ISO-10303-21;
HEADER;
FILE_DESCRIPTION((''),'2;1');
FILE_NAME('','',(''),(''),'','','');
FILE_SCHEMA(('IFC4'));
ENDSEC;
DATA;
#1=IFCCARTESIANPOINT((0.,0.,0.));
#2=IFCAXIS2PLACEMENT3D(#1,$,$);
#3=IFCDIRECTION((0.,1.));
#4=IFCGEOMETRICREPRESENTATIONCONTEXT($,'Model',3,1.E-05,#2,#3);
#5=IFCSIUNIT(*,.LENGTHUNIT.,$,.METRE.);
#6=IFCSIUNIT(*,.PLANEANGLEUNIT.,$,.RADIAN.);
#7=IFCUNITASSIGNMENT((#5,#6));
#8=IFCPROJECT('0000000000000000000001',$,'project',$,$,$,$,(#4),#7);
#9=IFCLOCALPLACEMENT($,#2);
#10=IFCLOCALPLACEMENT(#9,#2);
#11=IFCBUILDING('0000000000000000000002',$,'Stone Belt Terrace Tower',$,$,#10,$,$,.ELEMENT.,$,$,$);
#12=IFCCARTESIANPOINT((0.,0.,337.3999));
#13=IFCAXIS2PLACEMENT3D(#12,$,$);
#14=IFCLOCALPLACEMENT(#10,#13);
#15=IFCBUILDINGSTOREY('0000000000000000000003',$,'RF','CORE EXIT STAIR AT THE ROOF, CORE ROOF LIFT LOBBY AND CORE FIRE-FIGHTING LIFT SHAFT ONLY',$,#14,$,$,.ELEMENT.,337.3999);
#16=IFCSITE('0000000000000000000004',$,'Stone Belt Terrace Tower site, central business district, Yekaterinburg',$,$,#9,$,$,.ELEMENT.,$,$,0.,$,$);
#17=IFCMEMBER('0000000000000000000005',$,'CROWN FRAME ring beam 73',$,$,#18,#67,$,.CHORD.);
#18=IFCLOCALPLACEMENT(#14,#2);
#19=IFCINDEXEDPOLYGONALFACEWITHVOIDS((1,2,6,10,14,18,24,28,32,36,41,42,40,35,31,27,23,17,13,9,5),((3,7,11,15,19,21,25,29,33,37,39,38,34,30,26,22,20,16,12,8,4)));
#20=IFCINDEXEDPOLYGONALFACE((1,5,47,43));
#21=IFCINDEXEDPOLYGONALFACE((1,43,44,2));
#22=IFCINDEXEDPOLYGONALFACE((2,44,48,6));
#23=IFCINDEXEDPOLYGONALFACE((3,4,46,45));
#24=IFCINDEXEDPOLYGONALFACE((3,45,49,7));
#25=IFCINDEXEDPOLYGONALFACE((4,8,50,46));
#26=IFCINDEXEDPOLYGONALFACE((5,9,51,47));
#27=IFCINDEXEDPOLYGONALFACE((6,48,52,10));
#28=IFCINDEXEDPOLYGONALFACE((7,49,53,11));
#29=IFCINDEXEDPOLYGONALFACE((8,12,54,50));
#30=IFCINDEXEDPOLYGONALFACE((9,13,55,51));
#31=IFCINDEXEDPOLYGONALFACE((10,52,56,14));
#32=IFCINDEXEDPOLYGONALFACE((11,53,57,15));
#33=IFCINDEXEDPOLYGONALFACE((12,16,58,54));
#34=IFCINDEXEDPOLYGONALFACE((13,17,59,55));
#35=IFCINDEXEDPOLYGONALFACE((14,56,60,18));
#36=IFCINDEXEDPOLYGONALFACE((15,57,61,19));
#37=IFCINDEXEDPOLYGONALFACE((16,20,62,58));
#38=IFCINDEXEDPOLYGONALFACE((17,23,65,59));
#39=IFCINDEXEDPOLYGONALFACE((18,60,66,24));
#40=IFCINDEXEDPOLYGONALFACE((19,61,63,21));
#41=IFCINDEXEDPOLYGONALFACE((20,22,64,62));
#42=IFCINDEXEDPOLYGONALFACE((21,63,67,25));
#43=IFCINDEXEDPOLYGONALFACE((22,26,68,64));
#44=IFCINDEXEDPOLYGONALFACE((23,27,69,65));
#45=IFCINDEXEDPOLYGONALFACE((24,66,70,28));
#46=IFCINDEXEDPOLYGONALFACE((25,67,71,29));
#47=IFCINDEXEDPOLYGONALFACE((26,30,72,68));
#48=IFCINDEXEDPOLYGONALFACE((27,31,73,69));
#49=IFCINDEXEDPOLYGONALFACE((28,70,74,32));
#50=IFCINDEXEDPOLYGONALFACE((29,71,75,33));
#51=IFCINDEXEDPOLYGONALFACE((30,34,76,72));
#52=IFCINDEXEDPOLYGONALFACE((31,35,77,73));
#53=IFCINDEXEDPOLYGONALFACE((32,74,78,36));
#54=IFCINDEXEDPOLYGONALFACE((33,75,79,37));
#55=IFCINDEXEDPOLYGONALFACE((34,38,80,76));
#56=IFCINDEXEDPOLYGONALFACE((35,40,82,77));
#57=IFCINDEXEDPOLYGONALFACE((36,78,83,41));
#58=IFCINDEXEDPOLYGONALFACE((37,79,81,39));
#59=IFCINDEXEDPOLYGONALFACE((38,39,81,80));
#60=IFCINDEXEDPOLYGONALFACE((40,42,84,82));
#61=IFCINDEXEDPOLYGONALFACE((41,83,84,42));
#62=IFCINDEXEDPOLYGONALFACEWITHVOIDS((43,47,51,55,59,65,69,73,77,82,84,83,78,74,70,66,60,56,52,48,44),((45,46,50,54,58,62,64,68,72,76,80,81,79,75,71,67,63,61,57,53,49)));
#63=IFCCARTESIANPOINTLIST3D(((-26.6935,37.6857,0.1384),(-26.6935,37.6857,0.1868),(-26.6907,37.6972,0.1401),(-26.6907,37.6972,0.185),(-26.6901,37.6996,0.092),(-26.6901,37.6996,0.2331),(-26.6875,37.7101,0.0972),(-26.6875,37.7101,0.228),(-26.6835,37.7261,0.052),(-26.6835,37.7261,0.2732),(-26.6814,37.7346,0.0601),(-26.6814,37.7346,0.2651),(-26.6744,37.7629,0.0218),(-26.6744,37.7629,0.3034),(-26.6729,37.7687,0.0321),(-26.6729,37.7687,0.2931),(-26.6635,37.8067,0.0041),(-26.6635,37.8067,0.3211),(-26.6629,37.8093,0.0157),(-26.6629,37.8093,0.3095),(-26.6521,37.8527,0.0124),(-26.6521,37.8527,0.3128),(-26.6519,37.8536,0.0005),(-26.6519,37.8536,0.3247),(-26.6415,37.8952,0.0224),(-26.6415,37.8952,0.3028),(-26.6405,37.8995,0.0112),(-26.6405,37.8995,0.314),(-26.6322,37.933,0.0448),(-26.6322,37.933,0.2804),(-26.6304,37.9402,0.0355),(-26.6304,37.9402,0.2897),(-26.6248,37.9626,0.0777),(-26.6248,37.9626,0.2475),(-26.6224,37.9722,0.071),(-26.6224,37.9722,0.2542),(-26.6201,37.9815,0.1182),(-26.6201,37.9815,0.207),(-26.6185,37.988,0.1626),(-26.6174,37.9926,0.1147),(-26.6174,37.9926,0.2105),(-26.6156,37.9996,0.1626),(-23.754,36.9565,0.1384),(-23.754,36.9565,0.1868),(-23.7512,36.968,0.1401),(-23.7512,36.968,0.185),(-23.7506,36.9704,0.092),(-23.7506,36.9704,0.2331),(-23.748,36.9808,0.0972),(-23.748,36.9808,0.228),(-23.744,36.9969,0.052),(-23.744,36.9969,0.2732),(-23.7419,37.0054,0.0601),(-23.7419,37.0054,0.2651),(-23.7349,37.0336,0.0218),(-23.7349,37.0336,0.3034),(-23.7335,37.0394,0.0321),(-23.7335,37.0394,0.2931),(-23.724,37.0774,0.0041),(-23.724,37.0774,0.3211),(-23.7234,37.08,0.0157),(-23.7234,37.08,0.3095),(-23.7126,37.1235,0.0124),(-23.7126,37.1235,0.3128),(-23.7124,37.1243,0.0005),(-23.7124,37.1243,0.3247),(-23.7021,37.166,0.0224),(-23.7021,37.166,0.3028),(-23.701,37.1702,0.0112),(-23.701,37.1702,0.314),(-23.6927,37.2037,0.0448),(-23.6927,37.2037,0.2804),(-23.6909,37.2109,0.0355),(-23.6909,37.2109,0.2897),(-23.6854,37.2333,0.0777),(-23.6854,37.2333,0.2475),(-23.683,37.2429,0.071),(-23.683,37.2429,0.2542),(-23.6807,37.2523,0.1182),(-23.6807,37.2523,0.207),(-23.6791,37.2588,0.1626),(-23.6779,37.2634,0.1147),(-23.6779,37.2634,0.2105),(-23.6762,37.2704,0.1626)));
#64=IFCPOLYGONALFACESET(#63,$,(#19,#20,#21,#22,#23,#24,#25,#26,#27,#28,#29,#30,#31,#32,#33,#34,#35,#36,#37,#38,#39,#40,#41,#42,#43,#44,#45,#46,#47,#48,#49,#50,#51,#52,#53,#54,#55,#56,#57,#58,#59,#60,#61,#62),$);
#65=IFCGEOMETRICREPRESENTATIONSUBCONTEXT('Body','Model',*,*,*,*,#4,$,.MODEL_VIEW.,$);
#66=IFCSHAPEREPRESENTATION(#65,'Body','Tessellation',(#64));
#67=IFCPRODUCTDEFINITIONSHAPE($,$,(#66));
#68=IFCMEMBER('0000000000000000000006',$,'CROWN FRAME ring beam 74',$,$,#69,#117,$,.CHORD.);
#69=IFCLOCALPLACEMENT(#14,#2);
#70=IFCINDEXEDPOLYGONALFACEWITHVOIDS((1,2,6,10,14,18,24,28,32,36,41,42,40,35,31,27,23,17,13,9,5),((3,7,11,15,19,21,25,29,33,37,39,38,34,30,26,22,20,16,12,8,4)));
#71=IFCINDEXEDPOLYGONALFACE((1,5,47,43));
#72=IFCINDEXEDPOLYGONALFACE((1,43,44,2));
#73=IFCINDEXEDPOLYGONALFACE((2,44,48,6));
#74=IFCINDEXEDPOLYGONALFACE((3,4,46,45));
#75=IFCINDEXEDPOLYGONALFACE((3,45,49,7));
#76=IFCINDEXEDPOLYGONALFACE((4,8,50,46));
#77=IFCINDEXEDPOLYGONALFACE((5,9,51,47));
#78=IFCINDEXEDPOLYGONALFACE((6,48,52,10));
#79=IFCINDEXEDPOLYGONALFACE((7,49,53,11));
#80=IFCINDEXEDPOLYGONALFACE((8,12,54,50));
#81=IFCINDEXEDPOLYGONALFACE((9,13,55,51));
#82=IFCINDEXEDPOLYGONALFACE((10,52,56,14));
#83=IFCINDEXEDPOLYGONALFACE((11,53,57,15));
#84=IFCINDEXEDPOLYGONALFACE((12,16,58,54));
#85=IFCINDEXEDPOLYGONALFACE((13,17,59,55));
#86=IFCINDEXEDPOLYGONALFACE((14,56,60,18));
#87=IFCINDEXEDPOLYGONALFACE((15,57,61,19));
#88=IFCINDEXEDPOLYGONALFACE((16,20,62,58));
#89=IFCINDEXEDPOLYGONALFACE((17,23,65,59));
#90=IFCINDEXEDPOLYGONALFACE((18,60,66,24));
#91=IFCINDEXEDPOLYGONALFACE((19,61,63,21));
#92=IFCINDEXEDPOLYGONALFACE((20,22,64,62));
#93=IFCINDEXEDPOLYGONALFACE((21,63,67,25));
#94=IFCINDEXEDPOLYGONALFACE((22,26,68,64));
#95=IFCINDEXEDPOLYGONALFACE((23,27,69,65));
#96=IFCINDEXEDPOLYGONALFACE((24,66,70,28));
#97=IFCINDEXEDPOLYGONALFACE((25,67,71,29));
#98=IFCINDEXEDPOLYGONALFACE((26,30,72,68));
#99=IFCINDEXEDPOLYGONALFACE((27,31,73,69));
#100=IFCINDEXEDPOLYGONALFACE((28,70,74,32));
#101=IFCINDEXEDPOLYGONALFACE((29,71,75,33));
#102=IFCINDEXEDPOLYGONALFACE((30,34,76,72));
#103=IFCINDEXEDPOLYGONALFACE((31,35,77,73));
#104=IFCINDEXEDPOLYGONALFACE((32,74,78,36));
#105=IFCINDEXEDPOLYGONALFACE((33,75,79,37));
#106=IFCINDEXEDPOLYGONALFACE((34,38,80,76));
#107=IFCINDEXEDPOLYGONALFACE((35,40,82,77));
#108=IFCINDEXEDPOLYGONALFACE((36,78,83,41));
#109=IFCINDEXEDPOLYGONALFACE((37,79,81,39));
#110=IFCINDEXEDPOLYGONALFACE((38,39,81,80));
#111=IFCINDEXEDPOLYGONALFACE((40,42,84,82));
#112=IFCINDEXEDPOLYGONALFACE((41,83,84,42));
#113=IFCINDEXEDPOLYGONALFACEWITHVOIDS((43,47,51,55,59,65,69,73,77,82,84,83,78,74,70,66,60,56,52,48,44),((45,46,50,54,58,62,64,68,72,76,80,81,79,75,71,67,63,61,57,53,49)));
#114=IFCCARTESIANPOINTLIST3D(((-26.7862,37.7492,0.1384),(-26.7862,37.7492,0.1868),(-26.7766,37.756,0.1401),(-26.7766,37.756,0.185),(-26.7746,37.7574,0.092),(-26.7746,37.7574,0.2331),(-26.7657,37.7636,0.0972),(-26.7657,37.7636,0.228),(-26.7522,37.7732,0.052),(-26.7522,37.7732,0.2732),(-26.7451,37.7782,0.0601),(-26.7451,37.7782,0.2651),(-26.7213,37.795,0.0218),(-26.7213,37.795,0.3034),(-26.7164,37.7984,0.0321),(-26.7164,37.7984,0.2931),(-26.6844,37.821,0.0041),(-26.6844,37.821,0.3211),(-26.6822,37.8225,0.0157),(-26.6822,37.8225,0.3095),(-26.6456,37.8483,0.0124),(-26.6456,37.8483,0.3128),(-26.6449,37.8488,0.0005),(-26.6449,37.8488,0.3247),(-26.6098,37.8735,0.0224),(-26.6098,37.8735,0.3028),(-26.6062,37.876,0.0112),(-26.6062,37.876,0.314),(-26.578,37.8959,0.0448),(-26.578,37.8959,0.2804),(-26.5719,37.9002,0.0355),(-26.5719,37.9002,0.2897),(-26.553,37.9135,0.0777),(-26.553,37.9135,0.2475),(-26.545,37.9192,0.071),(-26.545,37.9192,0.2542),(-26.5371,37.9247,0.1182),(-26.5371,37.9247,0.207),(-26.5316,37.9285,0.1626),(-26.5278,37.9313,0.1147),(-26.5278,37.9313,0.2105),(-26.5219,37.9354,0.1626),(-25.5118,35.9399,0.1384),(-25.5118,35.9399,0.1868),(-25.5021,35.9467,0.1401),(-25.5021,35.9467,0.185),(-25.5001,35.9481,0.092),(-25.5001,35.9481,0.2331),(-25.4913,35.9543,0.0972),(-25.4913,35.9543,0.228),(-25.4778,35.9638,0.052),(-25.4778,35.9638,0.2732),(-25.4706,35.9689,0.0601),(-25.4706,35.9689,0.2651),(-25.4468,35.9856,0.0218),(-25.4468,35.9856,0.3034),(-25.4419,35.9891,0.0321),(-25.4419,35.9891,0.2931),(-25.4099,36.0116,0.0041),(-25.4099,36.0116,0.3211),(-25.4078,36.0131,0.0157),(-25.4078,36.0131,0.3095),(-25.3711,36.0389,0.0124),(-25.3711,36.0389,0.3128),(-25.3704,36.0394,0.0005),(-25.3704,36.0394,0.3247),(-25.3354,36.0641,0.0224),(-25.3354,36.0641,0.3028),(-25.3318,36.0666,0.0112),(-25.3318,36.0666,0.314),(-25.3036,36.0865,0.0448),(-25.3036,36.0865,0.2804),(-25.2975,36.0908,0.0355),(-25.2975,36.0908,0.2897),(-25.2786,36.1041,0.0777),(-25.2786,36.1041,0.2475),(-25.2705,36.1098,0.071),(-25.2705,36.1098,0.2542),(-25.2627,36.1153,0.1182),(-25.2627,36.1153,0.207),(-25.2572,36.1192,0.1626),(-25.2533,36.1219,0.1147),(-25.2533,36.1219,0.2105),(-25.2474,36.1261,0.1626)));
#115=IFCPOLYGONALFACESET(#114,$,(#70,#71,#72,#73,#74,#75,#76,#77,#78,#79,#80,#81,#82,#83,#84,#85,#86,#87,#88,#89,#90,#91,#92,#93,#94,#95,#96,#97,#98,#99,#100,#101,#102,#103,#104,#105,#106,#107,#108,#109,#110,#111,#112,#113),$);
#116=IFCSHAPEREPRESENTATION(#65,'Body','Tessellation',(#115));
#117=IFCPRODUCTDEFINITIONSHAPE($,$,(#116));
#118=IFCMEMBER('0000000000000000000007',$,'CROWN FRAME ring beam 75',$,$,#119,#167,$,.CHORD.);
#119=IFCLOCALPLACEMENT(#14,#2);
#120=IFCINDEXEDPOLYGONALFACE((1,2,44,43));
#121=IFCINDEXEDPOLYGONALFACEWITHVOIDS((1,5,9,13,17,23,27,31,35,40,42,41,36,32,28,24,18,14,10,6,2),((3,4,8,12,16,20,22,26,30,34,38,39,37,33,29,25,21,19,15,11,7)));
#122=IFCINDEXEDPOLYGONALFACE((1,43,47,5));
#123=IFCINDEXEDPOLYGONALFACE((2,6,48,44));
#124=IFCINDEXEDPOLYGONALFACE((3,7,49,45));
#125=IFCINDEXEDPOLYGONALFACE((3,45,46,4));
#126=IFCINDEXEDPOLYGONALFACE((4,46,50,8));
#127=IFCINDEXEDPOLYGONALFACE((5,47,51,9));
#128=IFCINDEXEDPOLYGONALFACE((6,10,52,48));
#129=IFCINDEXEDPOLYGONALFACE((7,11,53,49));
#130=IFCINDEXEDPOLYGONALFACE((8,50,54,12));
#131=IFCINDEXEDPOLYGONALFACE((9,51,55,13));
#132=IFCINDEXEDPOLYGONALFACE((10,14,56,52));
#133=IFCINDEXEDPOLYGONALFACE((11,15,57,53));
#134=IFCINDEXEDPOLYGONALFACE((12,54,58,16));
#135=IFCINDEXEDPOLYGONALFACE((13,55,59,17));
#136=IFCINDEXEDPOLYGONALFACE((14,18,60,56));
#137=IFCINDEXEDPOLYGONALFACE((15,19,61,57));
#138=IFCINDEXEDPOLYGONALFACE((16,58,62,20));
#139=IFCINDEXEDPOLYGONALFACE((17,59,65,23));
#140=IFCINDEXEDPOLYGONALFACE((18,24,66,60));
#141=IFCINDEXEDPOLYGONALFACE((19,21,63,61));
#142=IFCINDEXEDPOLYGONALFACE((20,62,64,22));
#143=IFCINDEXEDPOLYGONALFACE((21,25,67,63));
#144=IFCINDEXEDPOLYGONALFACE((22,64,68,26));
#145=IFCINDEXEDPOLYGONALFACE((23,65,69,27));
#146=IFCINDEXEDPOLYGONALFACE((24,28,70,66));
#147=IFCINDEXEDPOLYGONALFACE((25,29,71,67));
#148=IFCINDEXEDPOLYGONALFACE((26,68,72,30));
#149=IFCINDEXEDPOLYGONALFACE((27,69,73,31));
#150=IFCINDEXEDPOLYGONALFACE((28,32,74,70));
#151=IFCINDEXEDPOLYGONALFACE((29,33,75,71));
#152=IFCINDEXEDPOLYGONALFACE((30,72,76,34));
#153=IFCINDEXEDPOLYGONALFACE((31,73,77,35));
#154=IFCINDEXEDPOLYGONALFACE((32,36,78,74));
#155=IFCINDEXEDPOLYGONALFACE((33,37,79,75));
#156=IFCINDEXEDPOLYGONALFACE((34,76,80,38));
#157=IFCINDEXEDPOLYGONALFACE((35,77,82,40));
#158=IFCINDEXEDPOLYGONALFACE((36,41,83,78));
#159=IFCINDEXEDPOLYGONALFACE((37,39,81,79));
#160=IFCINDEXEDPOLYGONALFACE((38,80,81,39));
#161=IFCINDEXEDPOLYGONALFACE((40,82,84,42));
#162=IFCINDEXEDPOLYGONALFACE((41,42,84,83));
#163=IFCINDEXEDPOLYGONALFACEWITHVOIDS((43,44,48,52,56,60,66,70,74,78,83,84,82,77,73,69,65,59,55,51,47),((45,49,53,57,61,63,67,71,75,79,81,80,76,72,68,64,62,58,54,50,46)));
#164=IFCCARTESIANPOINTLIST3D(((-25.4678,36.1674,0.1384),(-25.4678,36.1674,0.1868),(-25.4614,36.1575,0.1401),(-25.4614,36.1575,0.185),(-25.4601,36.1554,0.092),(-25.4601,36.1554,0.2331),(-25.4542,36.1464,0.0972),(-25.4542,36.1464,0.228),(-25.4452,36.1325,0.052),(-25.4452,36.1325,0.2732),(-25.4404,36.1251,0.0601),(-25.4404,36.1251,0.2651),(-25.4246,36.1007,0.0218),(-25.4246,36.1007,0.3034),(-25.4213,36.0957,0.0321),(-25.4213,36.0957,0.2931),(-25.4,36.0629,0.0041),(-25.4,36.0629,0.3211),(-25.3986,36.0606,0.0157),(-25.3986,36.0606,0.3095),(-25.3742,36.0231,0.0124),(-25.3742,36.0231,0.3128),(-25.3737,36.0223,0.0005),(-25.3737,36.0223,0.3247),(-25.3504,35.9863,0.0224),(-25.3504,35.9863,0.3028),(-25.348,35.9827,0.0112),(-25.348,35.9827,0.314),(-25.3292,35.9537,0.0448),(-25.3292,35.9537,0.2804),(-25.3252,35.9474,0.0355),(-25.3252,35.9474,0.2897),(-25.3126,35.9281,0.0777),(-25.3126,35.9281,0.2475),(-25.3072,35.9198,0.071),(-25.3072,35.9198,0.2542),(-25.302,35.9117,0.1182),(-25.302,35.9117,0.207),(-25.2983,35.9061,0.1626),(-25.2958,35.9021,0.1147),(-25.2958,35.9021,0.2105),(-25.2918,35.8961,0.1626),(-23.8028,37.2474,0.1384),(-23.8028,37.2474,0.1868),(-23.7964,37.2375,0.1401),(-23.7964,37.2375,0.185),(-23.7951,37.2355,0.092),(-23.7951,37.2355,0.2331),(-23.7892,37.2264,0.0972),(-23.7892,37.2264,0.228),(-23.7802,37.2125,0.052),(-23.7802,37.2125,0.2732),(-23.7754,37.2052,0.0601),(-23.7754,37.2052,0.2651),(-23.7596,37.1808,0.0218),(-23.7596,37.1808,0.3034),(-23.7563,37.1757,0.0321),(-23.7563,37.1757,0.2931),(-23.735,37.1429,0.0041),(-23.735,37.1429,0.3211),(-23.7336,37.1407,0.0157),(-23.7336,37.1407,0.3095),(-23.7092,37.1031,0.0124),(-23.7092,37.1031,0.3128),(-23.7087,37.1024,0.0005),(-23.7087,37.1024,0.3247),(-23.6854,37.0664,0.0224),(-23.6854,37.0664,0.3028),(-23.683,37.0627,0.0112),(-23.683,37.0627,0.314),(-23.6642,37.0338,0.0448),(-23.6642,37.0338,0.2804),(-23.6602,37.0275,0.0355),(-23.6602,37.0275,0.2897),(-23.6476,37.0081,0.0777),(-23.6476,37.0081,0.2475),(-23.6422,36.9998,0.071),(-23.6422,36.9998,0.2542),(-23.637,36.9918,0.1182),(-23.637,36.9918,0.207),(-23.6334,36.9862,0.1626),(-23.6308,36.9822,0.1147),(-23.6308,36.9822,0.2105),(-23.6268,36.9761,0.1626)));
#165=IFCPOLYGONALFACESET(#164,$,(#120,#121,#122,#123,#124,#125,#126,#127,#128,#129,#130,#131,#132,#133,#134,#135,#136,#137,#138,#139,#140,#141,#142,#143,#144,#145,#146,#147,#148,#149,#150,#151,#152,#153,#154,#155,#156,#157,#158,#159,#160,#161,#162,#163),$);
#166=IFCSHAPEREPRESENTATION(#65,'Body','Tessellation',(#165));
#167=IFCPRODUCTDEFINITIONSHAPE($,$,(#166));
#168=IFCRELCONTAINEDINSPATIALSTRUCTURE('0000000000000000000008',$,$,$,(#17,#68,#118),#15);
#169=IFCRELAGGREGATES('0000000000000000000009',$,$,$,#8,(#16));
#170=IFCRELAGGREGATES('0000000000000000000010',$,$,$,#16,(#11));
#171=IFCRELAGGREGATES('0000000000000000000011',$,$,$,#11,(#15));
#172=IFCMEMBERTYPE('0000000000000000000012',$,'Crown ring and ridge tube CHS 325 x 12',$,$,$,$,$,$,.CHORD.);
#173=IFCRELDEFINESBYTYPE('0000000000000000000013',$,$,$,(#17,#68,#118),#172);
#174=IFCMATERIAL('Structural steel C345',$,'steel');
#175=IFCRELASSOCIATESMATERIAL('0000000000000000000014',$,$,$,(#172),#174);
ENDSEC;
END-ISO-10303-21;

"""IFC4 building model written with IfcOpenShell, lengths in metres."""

from ifc_helpers import new_model, si_unit, direction, frame, origin, origin_2d, place, context, subcontext, project, spatial, hollow_circle, extrude, material, material_profile, profile_set, type_object, element, save


model = new_model("IFC4")

# Units and contexts
model_context = context("Model", 3, precision=1e-05, world=origin(), true_north=direction((0.0, 1.0)))
body_context = subcontext(model_context, "Body", "Model", "MODEL_VIEW")
ifc_project = project(units=[si_unit("LENGTHUNIT", "METRE"), si_unit("PLANEANGLEUNIT", "RADIAN")], contexts=[model_context])

# Site, building, storey
site_placement = place(None, origin())
site = spatial("IfcSite", under=ifc_project, at=site_placement, Name="Stone Belt Terrace Tower site, central business district, Yekaterinburg", CompositionType="ELEMENT", RefElevation=0.0)
building_placement = place(site_placement, origin())
building = spatial("IfcBuilding", under=site, at=building_placement, Name="Stone Belt Terrace Tower", CompositionType="ELEMENT")
storey_placement = place(building_placement, frame((0.0, 0.0, 337.3999)))
storey = spatial("IfcBuildingStorey", under=building, at=storey_placement, Name="RF", Description="CORE EXIT STAIR AT THE ROOF, CORE ROOF LIFT LOBBY AND CORE FIRE-FIGHTING LIFT SHAFT ONLY", CompositionType="ELEMENT", Elevation=337.3999)

# Members
ifc_material_1 = material(Name="Structural steel C345", Category="steel")
ifc_material_profile_1 = material_profile(ifc_material_1, hollow_circle(Radius=0.1626, WallThickness=0.012, at=origin_2d()), Name="Structural steel C345 CHS 325x12")
ifc_profile_set_1 = profile_set([ifc_material_profile_1], Name="Structural steel C345")
member_type_1 = type_object("IfcMemberType", Name="Crown ring and ridge tube CHS 325 x 12", PredefinedType="CHORD", material=ifc_profile_set_1)
member_1_placement = place(storey_placement, frame((-26.6548, 37.8418, 0.1626), z_axis=(0.970577, -0.24079, 0.0), x_axis=(0.24079, 0.970577, 0.0)))
element("IfcMember", 1, at=member_1_placement, inside=storey, type_object=member_type_1, Name="CROWN FRAME ring beam 73", PredefinedType="CHORD", context=body_context, shape_type="SweptSolid", body=[
    extrude(hollow_circle(Radius=0.1626, WallThickness=0.012, at=origin_2d()), origin(), (0.0, 0.0, 1.0), 3.0286),
])
member_2_placement = place(storey_placement, frame((-26.6548, 37.8418, 0.1626), z_axis=(0.575851, -0.817554, 0.0), x_axis=(0.817554, 0.575851, 0.0)))
element("IfcMember", 2, at=member_2_placement, inside=storey, type_object=member_type_1, Name="CROWN FRAME ring beam 74", PredefinedType="CHORD", context=body_context, shape_type="SweptSolid", body=[
    extrude(hollow_circle(Radius=0.1626, WallThickness=0.012, at=origin_2d()), origin(), (0.0, 0.0, 1.0), 2.2131),
])
member_3_placement = place(storey_placement, frame((-23.7153, 37.1125, 0.1626), z_axis=(-0.838949, -0.54421, 0.0), x_axis=(0.54421, -0.838949, 0.0)))
element("IfcMember", 3, at=member_3_placement, inside=storey, type_object=member_type_1, Name="CROWN FRAME ring beam 75", PredefinedType="CHORD", context=body_context, shape_type="SweptSolid", body=[
    extrude(hollow_circle(Radius=0.1626, WallThickness=0.012, at=origin_2d()), origin(), (0.0, 0.0, 1.0), 1.9846),
])

save(model, "model.ifc")
